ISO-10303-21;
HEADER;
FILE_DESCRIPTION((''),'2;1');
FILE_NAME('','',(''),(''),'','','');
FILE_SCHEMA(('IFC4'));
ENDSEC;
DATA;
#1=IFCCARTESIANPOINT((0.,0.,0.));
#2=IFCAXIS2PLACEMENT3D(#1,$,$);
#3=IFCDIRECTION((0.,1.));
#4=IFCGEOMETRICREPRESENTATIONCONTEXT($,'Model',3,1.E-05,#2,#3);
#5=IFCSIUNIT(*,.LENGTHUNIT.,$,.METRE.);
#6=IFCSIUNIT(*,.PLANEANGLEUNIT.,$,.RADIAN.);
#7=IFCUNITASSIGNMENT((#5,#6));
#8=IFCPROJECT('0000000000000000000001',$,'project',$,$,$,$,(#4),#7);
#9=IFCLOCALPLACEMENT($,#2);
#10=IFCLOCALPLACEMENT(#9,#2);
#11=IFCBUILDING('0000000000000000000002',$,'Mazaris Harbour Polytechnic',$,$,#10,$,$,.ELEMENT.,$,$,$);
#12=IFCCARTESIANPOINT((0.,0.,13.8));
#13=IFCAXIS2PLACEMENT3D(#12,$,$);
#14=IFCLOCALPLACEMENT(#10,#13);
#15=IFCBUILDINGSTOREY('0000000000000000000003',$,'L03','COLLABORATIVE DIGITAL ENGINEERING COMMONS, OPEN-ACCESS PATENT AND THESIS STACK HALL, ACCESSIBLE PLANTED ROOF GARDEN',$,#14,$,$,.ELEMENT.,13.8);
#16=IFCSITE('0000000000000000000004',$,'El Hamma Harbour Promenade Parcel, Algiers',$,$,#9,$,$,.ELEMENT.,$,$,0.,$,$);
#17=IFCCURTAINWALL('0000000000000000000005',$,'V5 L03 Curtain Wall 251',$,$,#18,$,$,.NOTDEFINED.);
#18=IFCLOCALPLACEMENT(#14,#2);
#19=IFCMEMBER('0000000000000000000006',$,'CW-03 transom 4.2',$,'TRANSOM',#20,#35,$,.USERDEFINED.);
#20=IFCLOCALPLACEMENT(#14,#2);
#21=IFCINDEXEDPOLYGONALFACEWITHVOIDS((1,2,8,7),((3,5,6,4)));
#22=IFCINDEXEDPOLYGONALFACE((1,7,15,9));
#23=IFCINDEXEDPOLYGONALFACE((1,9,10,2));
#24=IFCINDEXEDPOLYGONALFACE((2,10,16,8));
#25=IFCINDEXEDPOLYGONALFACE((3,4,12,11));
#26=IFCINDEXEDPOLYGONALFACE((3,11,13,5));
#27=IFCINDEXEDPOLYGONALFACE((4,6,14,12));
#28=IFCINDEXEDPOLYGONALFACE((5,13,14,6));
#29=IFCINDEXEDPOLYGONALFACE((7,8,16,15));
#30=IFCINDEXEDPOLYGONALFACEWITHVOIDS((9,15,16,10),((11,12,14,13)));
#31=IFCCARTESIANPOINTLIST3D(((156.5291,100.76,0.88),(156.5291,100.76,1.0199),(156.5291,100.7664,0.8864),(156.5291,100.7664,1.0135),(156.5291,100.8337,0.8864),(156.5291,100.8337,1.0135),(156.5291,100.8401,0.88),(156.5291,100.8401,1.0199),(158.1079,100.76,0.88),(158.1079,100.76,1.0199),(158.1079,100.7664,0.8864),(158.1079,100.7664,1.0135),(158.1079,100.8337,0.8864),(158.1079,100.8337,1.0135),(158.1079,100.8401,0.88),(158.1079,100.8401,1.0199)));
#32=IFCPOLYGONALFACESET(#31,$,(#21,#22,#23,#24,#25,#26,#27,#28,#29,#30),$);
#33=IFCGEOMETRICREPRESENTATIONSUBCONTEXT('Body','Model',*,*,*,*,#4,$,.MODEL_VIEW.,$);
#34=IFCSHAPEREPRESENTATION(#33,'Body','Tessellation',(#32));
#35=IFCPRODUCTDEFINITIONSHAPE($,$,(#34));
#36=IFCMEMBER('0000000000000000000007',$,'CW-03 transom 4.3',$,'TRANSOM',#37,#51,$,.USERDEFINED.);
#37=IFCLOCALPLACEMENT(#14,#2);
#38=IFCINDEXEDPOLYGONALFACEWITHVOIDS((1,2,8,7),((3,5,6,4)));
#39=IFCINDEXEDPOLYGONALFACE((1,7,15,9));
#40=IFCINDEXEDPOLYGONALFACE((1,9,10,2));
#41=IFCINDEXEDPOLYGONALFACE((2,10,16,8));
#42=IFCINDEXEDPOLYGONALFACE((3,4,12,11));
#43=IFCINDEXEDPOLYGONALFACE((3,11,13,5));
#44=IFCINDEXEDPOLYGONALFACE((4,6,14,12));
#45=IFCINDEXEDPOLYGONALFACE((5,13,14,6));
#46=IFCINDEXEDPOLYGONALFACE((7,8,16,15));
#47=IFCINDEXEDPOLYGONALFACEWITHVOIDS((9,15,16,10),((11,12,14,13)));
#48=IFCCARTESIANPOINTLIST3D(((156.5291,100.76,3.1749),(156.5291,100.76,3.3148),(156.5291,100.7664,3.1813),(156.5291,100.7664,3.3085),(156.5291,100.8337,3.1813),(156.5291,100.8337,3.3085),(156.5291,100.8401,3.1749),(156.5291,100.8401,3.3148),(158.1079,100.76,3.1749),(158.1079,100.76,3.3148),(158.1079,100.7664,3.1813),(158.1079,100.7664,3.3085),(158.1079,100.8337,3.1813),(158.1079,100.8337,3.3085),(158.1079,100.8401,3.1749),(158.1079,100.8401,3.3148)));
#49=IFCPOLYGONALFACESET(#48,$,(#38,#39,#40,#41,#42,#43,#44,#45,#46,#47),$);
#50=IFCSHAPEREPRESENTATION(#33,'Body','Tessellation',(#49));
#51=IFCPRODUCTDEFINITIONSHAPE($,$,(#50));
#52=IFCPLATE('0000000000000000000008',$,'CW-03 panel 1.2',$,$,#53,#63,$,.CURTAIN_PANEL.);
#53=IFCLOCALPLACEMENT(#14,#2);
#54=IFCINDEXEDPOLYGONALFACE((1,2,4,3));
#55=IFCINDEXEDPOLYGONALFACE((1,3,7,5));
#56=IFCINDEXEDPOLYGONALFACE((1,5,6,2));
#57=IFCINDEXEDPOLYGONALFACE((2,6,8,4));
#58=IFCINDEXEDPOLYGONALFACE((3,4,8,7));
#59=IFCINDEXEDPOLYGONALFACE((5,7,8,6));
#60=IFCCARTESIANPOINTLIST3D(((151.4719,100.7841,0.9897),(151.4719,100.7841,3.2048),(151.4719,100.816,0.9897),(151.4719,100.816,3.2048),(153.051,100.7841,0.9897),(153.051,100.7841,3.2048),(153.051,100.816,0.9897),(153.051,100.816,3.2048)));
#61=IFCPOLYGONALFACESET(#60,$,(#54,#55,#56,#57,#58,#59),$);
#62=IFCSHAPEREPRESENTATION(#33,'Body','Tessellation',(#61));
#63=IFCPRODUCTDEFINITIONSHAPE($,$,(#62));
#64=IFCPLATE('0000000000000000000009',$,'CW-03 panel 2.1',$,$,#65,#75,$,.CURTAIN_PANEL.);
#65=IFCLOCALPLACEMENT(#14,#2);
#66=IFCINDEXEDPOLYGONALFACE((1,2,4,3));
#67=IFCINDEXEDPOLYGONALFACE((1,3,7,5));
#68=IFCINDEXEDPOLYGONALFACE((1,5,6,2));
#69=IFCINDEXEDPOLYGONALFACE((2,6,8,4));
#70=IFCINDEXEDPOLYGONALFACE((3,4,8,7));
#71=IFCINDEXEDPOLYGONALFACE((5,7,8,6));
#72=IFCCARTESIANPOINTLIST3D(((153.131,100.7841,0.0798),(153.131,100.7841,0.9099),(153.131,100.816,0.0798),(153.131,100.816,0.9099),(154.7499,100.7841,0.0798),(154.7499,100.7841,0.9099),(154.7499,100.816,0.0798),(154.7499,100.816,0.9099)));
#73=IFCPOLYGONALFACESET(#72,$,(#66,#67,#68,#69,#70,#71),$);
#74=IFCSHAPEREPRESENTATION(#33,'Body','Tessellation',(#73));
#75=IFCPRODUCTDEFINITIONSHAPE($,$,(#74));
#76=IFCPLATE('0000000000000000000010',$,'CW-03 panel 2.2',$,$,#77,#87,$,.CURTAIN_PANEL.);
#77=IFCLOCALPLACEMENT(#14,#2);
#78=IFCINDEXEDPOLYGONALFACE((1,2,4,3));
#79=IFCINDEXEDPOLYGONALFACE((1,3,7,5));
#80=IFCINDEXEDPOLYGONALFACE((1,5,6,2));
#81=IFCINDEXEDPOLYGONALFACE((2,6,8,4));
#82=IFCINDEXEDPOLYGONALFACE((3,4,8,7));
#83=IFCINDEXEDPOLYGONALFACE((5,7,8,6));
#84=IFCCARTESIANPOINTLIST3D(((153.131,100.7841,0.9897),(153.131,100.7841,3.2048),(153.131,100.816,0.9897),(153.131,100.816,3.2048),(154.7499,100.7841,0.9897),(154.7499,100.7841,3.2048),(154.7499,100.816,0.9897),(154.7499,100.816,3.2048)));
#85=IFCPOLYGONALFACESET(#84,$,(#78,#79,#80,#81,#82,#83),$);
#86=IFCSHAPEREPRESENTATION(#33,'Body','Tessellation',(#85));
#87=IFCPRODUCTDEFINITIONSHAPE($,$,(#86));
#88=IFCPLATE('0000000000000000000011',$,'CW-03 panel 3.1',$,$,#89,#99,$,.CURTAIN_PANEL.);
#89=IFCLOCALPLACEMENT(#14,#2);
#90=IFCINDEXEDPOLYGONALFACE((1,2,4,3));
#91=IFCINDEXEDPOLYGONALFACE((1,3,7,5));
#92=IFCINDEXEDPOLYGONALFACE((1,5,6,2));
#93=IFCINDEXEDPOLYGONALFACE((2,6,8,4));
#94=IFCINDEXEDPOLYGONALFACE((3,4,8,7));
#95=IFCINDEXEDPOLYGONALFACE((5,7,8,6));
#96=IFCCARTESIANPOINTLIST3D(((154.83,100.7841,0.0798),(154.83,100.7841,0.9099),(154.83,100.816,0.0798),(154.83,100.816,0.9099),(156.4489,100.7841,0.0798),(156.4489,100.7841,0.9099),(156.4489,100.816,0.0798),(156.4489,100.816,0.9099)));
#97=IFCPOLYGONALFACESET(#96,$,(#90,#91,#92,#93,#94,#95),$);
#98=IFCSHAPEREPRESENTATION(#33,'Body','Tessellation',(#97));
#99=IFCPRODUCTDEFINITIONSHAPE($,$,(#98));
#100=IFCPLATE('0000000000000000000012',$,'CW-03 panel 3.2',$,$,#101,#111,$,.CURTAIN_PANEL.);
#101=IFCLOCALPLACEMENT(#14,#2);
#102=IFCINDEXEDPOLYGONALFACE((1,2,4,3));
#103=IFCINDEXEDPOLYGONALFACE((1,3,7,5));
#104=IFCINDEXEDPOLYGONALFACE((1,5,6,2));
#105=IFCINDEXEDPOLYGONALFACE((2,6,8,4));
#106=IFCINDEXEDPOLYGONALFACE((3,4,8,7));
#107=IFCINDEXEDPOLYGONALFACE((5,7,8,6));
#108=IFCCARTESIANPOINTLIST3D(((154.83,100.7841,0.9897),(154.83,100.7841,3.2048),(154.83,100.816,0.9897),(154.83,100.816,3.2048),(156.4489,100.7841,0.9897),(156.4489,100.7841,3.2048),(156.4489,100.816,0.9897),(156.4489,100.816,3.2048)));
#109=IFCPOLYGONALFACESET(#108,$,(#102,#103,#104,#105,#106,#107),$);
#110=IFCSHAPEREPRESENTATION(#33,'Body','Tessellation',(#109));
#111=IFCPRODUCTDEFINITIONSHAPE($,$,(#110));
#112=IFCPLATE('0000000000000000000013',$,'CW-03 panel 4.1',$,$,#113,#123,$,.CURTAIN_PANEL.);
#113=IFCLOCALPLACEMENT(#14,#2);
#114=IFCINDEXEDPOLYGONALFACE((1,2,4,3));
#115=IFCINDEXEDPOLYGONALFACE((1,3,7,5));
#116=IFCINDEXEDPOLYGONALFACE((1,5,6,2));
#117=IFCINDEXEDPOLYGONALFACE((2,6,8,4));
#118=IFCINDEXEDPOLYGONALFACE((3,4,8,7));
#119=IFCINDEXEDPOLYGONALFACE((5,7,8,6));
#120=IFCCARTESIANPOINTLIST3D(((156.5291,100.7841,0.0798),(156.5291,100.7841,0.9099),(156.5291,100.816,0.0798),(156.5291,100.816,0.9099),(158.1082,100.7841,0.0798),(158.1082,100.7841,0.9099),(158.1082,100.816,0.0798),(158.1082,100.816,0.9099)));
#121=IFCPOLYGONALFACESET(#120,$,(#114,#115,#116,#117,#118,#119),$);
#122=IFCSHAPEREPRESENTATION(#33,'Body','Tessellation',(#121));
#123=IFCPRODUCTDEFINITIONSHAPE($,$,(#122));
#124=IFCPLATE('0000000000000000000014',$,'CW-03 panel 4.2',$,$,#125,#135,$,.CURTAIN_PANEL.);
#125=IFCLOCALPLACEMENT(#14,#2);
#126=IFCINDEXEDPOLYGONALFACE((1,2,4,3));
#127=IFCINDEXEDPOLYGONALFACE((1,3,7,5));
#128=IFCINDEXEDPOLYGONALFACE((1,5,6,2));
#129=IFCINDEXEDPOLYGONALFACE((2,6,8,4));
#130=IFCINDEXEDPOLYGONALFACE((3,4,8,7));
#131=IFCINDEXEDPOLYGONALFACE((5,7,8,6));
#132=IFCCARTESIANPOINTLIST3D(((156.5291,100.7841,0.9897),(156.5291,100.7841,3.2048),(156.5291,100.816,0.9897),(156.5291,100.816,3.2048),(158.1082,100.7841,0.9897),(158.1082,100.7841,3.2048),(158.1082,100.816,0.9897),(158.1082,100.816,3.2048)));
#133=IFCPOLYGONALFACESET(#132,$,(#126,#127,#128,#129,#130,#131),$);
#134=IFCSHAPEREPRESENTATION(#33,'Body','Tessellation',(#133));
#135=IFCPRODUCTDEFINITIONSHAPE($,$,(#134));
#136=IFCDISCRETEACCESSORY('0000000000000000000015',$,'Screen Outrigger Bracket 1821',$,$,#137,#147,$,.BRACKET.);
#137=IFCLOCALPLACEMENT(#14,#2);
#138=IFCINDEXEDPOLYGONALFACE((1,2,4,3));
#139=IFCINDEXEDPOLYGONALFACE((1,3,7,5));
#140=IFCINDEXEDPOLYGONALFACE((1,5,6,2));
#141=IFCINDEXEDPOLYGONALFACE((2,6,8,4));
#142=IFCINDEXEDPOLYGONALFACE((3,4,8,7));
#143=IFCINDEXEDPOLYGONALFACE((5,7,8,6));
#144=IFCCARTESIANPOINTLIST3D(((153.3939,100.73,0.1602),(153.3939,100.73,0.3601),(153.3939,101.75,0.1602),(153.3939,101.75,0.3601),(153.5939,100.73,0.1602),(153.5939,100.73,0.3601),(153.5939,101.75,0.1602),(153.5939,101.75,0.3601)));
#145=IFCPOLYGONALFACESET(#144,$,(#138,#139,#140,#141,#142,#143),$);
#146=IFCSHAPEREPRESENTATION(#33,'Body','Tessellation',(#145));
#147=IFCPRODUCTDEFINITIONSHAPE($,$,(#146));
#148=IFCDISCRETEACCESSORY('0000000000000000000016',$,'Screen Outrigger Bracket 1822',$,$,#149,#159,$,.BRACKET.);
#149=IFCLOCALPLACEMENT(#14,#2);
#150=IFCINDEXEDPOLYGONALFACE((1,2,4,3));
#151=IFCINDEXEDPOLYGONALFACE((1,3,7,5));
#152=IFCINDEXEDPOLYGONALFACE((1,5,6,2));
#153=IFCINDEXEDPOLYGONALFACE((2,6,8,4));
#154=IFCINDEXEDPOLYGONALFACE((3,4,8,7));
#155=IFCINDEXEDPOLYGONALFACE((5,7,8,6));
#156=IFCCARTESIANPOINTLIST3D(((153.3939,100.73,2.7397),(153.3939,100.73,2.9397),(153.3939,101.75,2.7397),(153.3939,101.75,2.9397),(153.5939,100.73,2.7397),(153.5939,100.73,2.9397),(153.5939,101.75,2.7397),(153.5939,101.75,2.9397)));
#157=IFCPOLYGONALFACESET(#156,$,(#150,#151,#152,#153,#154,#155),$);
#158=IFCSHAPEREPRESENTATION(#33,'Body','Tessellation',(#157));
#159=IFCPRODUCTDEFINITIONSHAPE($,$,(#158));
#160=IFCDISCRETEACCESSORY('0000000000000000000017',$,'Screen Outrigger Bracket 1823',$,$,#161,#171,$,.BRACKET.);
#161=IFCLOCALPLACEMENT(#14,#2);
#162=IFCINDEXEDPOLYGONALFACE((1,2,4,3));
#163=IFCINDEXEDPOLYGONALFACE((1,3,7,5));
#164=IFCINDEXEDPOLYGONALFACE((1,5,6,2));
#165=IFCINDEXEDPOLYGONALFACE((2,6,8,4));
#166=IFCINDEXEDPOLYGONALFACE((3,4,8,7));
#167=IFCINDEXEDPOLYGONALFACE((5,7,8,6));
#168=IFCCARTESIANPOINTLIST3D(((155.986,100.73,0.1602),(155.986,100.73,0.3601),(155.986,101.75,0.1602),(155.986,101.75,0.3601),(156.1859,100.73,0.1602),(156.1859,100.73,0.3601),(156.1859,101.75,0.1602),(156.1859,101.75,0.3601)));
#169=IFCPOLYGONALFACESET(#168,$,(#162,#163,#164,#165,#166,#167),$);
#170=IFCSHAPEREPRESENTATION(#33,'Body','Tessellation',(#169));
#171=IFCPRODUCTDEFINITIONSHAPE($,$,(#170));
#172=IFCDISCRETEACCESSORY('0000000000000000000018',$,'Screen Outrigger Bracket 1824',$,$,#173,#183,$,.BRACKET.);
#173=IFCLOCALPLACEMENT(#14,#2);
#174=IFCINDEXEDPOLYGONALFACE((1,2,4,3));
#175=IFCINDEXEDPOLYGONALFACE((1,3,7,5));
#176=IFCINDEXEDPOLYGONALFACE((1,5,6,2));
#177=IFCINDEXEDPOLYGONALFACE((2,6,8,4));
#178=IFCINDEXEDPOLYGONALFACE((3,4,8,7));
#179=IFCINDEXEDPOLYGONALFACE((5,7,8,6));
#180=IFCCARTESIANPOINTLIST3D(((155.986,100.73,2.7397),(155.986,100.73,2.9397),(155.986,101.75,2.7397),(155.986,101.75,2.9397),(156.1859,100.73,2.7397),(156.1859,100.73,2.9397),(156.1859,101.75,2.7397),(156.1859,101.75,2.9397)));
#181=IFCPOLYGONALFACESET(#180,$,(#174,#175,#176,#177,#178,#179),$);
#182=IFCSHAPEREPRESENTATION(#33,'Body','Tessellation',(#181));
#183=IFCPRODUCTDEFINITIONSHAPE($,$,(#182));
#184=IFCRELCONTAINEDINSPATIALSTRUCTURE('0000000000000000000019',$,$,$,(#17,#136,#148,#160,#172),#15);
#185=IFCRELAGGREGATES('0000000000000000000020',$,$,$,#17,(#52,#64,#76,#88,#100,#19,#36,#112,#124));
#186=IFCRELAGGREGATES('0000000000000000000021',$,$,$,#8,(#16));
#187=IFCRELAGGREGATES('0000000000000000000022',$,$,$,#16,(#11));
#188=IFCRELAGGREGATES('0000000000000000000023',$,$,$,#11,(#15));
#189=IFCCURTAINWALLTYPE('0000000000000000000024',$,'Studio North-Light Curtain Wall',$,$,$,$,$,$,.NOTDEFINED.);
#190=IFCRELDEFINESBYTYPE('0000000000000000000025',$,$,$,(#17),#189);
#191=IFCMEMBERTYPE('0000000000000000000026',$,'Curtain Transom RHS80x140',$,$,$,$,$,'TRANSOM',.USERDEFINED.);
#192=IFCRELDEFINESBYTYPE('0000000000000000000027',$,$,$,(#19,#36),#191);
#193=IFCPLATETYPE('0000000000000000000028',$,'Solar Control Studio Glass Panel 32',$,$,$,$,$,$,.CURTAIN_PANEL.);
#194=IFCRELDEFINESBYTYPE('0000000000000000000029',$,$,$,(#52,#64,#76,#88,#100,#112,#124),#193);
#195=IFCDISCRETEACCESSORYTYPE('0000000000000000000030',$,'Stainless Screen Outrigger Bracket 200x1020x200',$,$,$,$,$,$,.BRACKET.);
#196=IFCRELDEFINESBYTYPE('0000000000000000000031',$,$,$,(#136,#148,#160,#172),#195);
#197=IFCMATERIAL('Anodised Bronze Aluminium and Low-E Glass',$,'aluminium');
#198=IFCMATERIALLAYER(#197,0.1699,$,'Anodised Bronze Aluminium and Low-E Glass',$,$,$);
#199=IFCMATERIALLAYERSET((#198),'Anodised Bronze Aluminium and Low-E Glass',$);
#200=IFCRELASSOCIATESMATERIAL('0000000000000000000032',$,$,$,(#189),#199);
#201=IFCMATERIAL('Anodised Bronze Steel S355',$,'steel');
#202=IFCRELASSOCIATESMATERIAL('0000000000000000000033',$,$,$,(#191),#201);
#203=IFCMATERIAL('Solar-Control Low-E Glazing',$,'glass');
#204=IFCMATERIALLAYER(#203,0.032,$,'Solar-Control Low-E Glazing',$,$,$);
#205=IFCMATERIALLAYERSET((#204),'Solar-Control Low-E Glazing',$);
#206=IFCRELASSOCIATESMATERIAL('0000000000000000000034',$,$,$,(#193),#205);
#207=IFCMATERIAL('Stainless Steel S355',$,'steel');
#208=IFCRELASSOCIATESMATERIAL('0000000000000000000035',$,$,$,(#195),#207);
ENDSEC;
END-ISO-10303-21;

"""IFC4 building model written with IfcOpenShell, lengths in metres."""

from ifc_helpers import new_model, si_unit, direction, frame, origin, origin_2d, place, context, subcontext, project, spatial, rectangle, hollow_rectangle, extrude, material, layer, layer_set, material_profile, profile_set, type_object, element, aggregate, save


model = new_model("IFC4")

# Units and contexts
model_context = context("Model", 3, precision=1e-05, world=origin(), true_north=direction((0.0, 1.0)))
body_context = subcontext(model_context, "Body", "Model", "MODEL_VIEW")
ifc_project = project(units=[si_unit("LENGTHUNIT", "METRE"), si_unit("PLANEANGLEUNIT", "RADIAN")], contexts=[model_context])

# Site, building, storey
site_placement = place(None, origin())
site = spatial("IfcSite", under=ifc_project, at=site_placement, Name="El Hamma Harbour Promenade Parcel, Algiers", CompositionType="ELEMENT", RefElevation=0.0)
building_placement = place(site_placement, origin())
building = spatial("IfcBuilding", under=site, at=building_placement, Name="Mazaris Harbour Polytechnic", CompositionType="ELEMENT")
storey_placement = place(building_placement, frame((0.0, 0.0, 13.8)))
storey = spatial("IfcBuildingStorey", under=building, at=storey_placement, Name="L03", Description="COLLABORATIVE DIGITAL ENGINEERING COMMONS, OPEN-ACCESS PATENT AND THESIS STACK HALL, ACCESSIBLE PLANTED ROOF GARDEN", CompositionType="ELEMENT", Elevation=13.8)

# Curtain wall, members, plates
ifc_material_1 = material(Name="Anodised Bronze Aluminium and Low-E Glass", Category="aluminium")
ifc_layer_1 = layer(ifc_material_1, 0.1699, Name="Anodised Bronze Aluminium and Low-E Glass")
ifc_layer_set_1 = layer_set([ifc_layer_1], Name="Anodised Bronze Aluminium and Low-E Glass")
curtain_wall_type = type_object("IfcCurtainWallType", Name="Studio North-Light Curtain Wall", PredefinedType="NOTDEFINED", material=ifc_layer_set_1)
curtain_wall_placement = place(storey_placement, origin())
curtain_wall = element("IfcCurtainWall", 1, at=curtain_wall_placement, inside=storey, type_object=curtain_wall_type, Name="V5 L03 Curtain Wall 251", PredefinedType="NOTDEFINED")
ifc_material_2 = material(Name="Anodised Bronze Steel S355", Category="steel")
ifc_material_profile_1 = material_profile(ifc_material_2, hollow_rectangle(XDim=0.0801, YDim=0.1399, WallThickness=0.0063, at=origin_2d()), Name="RHS 80x140x6.3")
ifc_profile_set_1 = profile_set([ifc_material_profile_1], Name="Anodised Bronze Steel S355")
member_type_1 = type_object("IfcMemberType", Name="Curtain Transom RHS80x140", ElementType="TRANSOM", PredefinedType="USERDEFINED", material=ifc_profile_set_1)
member_1_placement = place(storey_placement, frame((156.5291, 100.8, 0.95), z_axis=(1.0, 0.0, 0.0), x_axis=(0.0, 1.0, 0.0)))
member_1 = element("IfcMember", 2, at=member_1_placement, type_object=member_type_1, Name="CW-03 transom 4.2", ObjectType="TRANSOM", PredefinedType="USERDEFINED", context=body_context, shape_type="SweptSolid", body=[
    extrude(hollow_rectangle(XDim=0.0801, YDim=0.1399, WallThickness=0.0063, at=origin_2d()), origin(), (0.0, 0.0, 1.0), 1.5789),
])
member_2_placement = place(storey_placement, frame((156.5291, 100.8, 3.2449), z_axis=(1.0, 0.0, 0.0), x_axis=(0.0, 1.0, 0.0)))
member_2 = element("IfcMember", 3, at=member_2_placement, type_object=member_type_1, Name="CW-03 transom 4.3", ObjectType="TRANSOM", PredefinedType="USERDEFINED", context=body_context, shape_type="SweptSolid", body=[
    extrude(hollow_rectangle(XDim=0.0801, YDim=0.1399, WallThickness=0.0063, at=origin_2d()), origin(), (0.0, 0.0, 1.0), 1.5789),
])
ifc_material_3 = material(Name="Solar-Control Low-E Glazing", Category="glass")
ifc_layer_2 = layer(ifc_material_3, 0.032, Name="Solar-Control Low-E Glazing")
ifc_layer_set_2 = layer_set([ifc_layer_2], Name="Solar-Control Low-E Glazing")
plate_type = type_object("IfcPlateType", Name="Solar Control Studio Glass Panel 32", PredefinedType="CURTAIN_PANEL", material=ifc_layer_set_2)
plate_1_placement = place(storey_placement, frame((152.2615, 100.8, 0.9897), z_axis=(0.0, 0.0, 1.0), x_axis=(1.0, 0.0, 0.0)))
plate_1 = element("IfcPlate", 4, at=plate_1_placement, type_object=plate_type, Name="CW-03 panel 1.2", PredefinedType="CURTAIN_PANEL", context=body_context, shape_type="SweptSolid", body=[
    extrude(rectangle(XDim=1.5791, YDim=0.032, at=origin_2d()), origin(), (0.0, 0.0, 1.0), 2.2151),
])
plate_2_placement = place(storey_placement, frame((153.9404, 100.8, 0.0798), z_axis=(0.0, 0.0, 1.0), x_axis=(1.0, 0.0, 0.0)))
plate_2 = element("IfcPlate", 5, at=plate_2_placement, type_object=plate_type, Name="CW-03 panel 2.1", PredefinedType="CURTAIN_PANEL", context=body_context, shape_type="SweptSolid", body=[
    extrude(rectangle(XDim=1.6189, YDim=0.032, at=origin_2d()), origin(), (0.0, 0.0, 1.0), 0.8301),
])
plate_3_placement = place(storey_placement, frame((153.9404, 100.8, 0.9897), z_axis=(0.0, 0.0, 1.0), x_axis=(1.0, 0.0, 0.0)))
plate_3 = element("IfcPlate", 6, at=plate_3_placement, type_object=plate_type, Name="CW-03 panel 2.2", PredefinedType="CURTAIN_PANEL", context=body_context, shape_type="SweptSolid", body=[
    extrude(rectangle(XDim=1.6189, YDim=0.032, at=origin_2d()), origin(), (0.0, 0.0, 1.0), 2.2151),
])
plate_4_placement = place(storey_placement, frame((155.6394, 100.8, 0.0798), z_axis=(0.0, 0.0, 1.0), x_axis=(1.0, 0.0, 0.0)))
plate_4 = element("IfcPlate", 7, at=plate_4_placement, type_object=plate_type, Name="CW-03 panel 3.1", PredefinedType="CURTAIN_PANEL", context=body_context, shape_type="SweptSolid", body=[
    extrude(rectangle(XDim=1.6189, YDim=0.032, at=origin_2d()), origin(), (0.0, 0.0, 1.0), 0.8301),
])
plate_5_placement = place(storey_placement, frame((155.6394, 100.8, 0.9897), z_axis=(0.0, 0.0, 1.0), x_axis=(1.0, 0.0, 0.0)))
plate_5 = element("IfcPlate", 8, at=plate_5_placement, type_object=plate_type, Name="CW-03 panel 3.2", PredefinedType="CURTAIN_PANEL", context=body_context, shape_type="SweptSolid", body=[
    extrude(rectangle(XDim=1.6189, YDim=0.032, at=origin_2d()), origin(), (0.0, 0.0, 1.0), 2.2151),
])
plate_6_placement = place(storey_placement, frame((157.3186, 100.8, 0.0798), z_axis=(0.0, 0.0, 1.0), x_axis=(1.0, 0.0, 0.0)))
plate_6 = element("IfcPlate", 9, at=plate_6_placement, type_object=plate_type, Name="CW-03 panel 4.1", PredefinedType="CURTAIN_PANEL", context=body_context, shape_type="SweptSolid", body=[
    extrude(rectangle(XDim=1.5791, YDim=0.032, at=origin_2d()), origin(), (0.0, 0.0, 1.0), 0.8301),
])
plate_7_placement = place(storey_placement, frame((157.3186, 100.8, 0.9897), z_axis=(0.0, 0.0, 1.0), x_axis=(1.0, 0.0, 0.0)))
plate_7 = element("IfcPlate", 10, at=plate_7_placement, type_object=plate_type, Name="CW-03 panel 4.2", PredefinedType="CURTAIN_PANEL", context=body_context, shape_type="SweptSolid", body=[
    extrude(rectangle(XDim=1.5791, YDim=0.032, at=origin_2d()), origin(), (0.0, 0.0, 1.0), 2.2151),
])
aggregate(curtain_wall, [plate_1, plate_2, plate_3, plate_4, plate_5, member_1, member_2, plate_6, plate_7])

# Discrete accessories
ifc_material_4 = material(Name="Stainless Steel S355", Category="steel")
discrete_accessory_type = type_object("IfcDiscreteAccessoryType", Name="Stainless Screen Outrigger Bracket 200x1020x200", PredefinedType="BRACKET", material=ifc_material_4)
for number, where, z_axis, x_axis, name in (
    (11, (153.4939, 101.24, 0.1602), (0.0, 0.0, 1.0), (1.0, 0.0, 0.0), "Screen Outrigger Bracket 1821"),
    (12, (153.4939, 101.24, 2.7397), (0.0, 0.0, 1.0), (1.0, 0.0, 0.0), "Screen Outrigger Bracket 1822"),
    (13, (156.0859, 101.24, 0.1602), (0.0, 0.0, 1.0), (1.0, 0.0, 0.0), "Screen Outrigger Bracket 1823"),
    (14, (156.0859, 101.24, 2.7397), (0.0, 0.0, 1.0), (1.0, 0.0, 0.0), "Screen Outrigger Bracket 1824"),
):
    element("IfcDiscreteAccessory", number, at=place(storey_placement, frame(where, z_axis=z_axis, x_axis=x_axis)), inside=storey, type_object=discrete_accessory_type, Name=name, PredefinedType="BRACKET", context=body_context, shape_type="SweptSolid", body=[
        extrude(rectangle(XDim=0.2, YDim=1.02, at=origin_2d()), origin(), (0.0, 0.0, 1.0), 0.2),
    ])

save(model, "model.ifc")
